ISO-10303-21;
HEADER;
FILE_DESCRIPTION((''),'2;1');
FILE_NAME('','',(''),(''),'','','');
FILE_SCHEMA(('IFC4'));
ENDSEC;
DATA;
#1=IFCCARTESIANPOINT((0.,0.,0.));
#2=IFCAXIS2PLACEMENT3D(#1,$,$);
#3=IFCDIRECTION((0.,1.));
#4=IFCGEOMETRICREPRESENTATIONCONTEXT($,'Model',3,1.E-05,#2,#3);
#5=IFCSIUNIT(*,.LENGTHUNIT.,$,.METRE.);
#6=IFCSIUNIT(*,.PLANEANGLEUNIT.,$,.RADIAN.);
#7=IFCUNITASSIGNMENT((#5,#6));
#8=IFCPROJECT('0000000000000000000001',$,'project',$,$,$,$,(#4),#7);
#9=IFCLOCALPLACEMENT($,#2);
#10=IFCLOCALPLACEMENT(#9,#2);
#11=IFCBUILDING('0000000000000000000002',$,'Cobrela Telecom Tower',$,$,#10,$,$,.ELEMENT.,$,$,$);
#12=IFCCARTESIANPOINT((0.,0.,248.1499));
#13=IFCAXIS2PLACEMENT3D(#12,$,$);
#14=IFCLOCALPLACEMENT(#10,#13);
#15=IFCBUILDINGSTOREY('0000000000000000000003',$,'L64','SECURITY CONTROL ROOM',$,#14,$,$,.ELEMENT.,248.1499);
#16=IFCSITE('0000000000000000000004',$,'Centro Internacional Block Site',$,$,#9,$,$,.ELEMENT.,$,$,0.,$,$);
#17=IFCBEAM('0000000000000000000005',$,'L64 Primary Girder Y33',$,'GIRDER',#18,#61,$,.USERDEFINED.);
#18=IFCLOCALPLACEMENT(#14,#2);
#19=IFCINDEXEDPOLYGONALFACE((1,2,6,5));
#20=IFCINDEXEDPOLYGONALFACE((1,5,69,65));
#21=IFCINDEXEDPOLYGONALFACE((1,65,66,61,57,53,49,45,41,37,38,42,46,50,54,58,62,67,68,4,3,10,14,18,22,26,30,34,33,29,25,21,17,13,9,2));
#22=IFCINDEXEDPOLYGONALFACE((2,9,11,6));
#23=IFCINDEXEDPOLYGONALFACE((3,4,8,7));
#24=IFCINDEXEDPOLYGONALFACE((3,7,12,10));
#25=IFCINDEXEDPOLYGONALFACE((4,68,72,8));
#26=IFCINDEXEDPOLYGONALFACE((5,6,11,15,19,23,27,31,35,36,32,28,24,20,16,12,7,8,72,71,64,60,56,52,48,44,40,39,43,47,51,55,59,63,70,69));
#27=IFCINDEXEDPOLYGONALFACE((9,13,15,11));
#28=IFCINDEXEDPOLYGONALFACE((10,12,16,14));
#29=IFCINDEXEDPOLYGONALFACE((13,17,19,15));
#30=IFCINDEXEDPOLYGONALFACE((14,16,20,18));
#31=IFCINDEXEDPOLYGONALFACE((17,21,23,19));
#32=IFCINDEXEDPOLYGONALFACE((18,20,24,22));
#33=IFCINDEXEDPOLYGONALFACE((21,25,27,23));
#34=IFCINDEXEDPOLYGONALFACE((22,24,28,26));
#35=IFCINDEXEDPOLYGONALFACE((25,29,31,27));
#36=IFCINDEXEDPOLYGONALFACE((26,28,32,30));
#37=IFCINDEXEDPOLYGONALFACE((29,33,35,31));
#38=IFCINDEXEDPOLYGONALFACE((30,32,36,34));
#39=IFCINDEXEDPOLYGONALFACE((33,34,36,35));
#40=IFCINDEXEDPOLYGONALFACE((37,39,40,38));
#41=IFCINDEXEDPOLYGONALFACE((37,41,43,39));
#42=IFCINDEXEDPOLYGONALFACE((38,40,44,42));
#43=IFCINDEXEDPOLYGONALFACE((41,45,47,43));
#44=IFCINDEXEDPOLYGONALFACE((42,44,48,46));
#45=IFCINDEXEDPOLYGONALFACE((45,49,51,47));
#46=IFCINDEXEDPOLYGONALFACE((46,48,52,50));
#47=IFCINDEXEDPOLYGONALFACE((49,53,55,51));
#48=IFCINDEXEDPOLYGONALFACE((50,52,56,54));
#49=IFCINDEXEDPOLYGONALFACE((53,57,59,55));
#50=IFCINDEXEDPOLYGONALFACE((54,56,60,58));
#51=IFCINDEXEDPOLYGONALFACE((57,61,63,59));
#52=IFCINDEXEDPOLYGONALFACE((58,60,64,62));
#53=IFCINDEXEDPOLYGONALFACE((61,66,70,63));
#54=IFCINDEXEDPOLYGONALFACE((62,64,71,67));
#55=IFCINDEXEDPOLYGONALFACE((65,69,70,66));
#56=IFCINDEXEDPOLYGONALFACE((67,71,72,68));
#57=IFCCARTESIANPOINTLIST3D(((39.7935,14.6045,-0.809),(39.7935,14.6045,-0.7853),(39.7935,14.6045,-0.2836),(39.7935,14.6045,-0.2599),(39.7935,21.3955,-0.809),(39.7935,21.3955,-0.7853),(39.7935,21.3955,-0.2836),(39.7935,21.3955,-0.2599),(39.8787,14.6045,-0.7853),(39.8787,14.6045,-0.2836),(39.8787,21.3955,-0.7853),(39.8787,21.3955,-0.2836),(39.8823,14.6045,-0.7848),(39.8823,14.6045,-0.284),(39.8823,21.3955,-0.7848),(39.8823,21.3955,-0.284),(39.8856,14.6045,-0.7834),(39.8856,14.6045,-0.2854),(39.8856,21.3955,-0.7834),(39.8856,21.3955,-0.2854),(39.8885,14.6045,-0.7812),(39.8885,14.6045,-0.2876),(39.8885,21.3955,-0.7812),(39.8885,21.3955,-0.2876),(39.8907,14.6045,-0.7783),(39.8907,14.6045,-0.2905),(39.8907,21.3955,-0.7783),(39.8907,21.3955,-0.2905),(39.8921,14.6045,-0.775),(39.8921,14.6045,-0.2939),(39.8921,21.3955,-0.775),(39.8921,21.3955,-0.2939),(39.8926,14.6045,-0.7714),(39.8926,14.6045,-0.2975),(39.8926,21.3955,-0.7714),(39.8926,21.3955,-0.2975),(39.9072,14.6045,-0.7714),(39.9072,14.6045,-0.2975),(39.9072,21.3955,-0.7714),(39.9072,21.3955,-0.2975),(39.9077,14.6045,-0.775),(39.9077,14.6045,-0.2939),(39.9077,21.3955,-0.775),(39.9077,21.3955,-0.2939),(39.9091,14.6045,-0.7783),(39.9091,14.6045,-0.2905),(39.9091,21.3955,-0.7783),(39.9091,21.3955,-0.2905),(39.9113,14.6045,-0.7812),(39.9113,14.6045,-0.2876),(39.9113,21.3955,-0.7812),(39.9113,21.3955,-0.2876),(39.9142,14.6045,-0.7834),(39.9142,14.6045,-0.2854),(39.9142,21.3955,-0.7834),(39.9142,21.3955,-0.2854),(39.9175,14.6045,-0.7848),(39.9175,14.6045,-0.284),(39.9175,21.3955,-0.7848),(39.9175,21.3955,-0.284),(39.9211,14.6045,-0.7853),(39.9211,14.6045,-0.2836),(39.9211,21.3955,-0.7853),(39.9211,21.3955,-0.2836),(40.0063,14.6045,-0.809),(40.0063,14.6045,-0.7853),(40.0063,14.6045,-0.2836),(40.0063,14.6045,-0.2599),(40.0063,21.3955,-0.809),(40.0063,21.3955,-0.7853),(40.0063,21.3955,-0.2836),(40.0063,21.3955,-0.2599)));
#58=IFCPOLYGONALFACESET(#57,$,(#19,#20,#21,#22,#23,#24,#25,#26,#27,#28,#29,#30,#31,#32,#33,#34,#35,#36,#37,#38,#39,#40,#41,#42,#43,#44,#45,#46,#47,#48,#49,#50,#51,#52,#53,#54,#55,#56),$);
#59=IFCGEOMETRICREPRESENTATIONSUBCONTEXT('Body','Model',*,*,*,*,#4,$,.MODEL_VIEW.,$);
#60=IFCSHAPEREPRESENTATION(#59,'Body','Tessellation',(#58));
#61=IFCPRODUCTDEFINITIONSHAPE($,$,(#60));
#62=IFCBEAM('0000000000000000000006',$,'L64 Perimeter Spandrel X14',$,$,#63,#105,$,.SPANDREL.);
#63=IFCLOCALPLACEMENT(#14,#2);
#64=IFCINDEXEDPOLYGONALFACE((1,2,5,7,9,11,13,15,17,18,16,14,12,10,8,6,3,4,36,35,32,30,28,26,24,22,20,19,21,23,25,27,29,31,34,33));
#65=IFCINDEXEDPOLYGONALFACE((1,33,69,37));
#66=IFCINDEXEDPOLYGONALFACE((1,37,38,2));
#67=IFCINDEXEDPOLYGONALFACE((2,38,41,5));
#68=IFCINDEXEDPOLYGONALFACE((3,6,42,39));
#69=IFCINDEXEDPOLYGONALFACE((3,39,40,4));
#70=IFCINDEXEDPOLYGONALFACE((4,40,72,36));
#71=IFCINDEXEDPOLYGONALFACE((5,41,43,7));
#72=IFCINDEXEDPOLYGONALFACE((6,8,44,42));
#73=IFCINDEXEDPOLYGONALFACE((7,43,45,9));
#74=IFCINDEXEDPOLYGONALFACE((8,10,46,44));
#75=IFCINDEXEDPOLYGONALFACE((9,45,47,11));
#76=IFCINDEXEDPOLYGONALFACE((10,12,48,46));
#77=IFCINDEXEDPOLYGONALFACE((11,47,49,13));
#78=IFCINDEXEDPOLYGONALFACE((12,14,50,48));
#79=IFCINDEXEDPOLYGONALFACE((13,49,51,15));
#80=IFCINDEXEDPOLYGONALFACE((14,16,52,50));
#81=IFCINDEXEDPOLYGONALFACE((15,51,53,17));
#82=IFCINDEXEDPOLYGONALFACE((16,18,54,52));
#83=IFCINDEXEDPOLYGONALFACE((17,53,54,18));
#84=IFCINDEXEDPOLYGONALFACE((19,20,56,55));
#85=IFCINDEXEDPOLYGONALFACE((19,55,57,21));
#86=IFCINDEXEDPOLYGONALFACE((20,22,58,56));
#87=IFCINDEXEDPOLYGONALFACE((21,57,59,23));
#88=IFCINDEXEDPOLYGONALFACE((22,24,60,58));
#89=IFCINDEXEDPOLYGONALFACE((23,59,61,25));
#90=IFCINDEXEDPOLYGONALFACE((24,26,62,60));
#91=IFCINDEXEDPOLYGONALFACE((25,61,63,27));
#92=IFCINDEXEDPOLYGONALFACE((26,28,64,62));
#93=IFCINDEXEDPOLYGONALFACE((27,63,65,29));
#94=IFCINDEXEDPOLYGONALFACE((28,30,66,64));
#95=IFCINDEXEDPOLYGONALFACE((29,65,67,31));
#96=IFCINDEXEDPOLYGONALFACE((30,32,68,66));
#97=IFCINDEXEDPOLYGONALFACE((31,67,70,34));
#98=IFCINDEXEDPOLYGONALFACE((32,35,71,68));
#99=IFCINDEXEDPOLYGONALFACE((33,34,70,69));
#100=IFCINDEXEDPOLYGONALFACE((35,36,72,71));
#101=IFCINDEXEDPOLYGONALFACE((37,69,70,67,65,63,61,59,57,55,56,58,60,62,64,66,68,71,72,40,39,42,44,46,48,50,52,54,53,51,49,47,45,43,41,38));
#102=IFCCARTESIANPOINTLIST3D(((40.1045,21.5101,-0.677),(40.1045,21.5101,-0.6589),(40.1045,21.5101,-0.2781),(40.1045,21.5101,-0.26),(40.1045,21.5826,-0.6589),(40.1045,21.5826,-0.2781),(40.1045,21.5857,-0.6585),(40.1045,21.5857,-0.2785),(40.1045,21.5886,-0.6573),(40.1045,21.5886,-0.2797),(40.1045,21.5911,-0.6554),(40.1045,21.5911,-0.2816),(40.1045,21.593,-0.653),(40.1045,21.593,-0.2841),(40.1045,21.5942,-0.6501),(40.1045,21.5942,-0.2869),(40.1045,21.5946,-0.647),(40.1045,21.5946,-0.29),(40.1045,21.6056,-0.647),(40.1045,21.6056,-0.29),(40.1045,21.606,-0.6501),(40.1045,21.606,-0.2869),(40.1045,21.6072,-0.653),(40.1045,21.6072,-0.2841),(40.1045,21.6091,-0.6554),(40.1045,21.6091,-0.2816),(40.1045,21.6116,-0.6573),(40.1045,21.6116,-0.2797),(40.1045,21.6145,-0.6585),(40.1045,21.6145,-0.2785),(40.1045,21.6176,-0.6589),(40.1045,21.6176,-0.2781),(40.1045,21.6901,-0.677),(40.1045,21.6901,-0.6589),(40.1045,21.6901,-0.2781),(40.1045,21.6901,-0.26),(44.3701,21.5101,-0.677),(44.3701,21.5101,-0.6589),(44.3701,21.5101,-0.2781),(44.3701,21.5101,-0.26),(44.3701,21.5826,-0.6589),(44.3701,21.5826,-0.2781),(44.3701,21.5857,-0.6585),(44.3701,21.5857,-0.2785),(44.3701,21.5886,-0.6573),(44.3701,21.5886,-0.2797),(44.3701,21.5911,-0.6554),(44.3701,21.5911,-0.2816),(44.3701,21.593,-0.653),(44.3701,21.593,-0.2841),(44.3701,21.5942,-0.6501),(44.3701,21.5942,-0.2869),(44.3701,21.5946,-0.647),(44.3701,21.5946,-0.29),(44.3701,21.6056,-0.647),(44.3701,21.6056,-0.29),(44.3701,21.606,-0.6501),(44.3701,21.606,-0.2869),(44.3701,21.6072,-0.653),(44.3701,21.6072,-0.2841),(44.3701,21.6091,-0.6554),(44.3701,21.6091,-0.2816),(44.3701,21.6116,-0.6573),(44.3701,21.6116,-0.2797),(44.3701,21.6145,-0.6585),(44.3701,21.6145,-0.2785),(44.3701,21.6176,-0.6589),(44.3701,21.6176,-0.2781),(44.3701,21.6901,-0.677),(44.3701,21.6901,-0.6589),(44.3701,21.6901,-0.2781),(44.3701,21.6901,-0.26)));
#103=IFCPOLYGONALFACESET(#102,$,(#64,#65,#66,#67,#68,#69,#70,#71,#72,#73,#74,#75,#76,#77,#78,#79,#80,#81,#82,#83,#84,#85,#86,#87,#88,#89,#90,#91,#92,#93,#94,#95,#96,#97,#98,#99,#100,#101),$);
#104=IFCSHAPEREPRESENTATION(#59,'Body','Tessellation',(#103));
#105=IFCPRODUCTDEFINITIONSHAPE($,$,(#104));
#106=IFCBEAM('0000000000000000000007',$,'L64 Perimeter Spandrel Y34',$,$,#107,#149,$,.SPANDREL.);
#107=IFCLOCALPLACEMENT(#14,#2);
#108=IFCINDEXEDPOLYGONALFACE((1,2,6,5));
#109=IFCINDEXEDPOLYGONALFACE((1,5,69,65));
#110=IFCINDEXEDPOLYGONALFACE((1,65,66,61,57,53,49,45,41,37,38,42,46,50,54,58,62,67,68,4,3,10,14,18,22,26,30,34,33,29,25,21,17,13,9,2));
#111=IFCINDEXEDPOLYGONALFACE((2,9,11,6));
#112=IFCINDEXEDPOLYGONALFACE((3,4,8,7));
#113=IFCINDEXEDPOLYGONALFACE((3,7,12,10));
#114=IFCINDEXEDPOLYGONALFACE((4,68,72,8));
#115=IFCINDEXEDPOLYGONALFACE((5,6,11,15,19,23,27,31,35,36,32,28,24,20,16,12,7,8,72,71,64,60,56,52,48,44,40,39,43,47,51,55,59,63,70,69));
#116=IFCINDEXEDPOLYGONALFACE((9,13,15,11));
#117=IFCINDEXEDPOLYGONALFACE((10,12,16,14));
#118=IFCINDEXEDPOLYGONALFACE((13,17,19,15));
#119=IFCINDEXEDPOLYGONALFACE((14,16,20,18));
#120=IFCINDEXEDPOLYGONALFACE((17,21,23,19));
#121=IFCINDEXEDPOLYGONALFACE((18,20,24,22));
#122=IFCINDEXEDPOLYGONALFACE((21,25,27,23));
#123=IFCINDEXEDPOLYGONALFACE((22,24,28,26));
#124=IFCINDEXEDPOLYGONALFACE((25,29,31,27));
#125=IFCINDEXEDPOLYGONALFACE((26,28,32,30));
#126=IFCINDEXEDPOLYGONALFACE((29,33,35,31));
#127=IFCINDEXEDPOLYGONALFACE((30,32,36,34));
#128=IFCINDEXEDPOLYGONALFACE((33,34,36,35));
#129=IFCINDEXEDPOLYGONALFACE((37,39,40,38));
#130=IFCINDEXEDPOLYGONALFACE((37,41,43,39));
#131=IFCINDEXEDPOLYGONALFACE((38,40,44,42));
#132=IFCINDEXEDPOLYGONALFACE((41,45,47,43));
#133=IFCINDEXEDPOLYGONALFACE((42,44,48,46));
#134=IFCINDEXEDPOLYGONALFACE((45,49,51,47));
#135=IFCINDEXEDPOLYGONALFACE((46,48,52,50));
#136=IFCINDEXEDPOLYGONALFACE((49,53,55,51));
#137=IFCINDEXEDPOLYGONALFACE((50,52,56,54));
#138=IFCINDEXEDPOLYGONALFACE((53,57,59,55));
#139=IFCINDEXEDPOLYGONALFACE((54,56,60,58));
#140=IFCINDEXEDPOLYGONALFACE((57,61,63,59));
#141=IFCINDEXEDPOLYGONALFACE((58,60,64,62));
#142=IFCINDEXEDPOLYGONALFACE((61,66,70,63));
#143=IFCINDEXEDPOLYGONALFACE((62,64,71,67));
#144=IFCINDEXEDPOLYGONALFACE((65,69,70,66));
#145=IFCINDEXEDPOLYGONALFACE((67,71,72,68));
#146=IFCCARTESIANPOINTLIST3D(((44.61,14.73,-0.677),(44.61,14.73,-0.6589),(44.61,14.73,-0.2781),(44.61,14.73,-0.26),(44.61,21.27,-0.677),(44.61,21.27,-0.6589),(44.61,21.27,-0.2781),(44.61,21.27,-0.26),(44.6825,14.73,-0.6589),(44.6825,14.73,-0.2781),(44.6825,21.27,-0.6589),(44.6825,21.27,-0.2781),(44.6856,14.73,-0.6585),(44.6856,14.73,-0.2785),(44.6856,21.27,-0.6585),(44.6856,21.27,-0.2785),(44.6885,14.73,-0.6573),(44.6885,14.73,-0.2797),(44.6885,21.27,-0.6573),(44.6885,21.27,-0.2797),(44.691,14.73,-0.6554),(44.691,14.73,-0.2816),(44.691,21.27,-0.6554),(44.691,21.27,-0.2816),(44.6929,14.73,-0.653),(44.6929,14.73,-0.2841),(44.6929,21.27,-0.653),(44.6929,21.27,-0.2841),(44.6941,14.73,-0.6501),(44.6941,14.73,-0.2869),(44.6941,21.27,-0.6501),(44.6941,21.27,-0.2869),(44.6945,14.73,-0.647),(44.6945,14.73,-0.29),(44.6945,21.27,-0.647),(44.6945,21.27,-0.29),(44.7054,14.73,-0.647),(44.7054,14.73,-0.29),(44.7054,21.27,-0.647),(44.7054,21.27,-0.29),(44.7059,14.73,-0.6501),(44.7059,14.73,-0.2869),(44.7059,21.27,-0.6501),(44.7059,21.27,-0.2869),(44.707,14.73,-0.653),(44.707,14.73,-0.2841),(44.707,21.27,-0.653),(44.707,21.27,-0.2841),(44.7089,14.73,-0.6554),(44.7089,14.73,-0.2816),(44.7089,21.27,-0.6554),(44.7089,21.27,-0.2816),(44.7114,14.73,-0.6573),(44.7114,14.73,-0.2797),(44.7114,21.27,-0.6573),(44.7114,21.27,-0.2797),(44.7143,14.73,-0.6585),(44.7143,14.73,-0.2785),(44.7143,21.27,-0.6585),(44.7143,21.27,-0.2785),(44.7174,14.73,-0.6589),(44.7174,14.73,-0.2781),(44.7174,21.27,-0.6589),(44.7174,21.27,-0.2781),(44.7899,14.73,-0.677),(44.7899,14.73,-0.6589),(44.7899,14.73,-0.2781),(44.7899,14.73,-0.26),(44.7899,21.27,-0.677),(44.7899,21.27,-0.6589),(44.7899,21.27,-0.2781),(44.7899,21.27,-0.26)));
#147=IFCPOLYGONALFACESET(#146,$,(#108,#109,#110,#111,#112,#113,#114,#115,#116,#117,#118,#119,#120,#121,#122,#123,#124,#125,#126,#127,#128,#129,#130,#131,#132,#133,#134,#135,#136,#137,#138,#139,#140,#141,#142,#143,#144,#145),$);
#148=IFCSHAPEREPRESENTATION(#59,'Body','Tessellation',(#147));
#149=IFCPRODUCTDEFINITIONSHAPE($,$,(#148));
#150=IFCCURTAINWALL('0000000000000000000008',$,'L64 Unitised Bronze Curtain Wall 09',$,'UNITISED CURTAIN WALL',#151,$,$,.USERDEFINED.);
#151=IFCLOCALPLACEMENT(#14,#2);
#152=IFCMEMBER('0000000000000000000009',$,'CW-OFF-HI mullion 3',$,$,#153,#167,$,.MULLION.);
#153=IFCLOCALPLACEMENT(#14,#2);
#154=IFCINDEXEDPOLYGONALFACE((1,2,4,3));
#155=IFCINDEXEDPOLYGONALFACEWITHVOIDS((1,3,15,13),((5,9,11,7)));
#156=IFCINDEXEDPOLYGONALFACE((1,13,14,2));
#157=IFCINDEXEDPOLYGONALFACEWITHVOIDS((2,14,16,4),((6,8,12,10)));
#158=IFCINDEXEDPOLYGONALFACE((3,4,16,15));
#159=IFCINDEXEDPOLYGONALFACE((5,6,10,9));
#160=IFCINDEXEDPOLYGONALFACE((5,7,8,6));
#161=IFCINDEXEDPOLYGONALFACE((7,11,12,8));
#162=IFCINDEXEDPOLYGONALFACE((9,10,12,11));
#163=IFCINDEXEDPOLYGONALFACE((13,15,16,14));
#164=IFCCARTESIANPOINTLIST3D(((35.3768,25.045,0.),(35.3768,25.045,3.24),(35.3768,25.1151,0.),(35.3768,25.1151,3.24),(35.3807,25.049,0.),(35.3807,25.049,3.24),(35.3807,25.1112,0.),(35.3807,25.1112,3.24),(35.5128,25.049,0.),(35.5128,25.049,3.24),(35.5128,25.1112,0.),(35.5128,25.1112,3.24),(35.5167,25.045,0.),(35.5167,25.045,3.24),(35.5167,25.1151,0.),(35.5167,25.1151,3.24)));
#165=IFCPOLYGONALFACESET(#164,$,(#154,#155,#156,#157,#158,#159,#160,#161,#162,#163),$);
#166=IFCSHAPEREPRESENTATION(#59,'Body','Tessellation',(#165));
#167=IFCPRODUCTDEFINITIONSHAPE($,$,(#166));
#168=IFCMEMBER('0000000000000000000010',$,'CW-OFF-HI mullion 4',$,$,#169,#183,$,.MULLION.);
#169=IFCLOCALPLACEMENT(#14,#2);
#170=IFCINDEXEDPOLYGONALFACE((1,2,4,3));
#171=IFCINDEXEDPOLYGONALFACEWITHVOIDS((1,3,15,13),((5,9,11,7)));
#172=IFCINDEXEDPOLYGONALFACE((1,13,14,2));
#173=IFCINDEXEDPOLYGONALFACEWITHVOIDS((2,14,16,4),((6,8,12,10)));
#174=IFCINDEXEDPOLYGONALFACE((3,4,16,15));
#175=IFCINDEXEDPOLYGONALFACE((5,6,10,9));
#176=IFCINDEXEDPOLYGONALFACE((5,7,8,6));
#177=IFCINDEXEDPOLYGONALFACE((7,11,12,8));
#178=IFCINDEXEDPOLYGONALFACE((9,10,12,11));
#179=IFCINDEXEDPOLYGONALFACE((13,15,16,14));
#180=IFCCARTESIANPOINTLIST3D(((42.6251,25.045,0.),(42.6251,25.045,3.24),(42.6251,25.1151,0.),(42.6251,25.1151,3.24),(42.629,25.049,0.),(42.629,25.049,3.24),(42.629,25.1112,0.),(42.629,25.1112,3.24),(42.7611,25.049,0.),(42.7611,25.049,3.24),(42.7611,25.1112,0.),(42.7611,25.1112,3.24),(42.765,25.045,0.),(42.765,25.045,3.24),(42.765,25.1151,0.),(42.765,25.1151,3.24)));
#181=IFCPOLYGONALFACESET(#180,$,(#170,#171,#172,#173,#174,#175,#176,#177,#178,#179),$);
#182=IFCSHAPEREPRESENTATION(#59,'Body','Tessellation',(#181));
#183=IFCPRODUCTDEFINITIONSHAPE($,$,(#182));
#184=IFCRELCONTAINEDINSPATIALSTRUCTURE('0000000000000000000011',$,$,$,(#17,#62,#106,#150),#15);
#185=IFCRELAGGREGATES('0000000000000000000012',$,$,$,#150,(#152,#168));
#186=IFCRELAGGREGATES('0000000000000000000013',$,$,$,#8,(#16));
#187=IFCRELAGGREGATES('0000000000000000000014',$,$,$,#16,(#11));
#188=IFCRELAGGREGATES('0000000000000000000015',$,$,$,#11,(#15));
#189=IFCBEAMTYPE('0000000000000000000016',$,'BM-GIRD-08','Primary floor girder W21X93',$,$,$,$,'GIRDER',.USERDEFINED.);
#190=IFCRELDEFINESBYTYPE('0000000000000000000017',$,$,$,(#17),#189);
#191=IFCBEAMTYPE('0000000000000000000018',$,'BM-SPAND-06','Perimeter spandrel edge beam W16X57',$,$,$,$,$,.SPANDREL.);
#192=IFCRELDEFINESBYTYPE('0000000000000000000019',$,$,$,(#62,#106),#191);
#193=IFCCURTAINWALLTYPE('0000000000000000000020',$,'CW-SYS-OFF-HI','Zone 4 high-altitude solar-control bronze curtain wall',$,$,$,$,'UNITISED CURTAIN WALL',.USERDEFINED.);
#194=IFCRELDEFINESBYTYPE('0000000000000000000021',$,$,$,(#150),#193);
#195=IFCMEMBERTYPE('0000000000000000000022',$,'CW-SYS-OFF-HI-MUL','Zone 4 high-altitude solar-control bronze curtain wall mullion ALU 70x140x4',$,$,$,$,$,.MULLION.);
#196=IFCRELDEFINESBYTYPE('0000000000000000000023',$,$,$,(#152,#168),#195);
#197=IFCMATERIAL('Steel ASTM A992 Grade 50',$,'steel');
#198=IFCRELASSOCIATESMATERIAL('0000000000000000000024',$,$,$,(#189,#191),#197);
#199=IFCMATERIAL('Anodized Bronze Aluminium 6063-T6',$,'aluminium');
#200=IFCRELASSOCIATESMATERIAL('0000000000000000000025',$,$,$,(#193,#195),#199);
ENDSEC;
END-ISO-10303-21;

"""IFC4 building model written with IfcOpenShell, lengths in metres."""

from ifc_helpers import new_model, si_unit, direction, frame, origin, origin_2d, place, context, subcontext, project, spatial, hollow_rectangle, i_section, extrude, material, material_profile, profile_set, type_object, element, aggregate, save


model = new_model("IFC4")

# Units and contexts
model_context = context("Model", 3, precision=1e-05, world=origin(), true_north=direction((0.0, 1.0)))
body_context = subcontext(model_context, "Body", "Model", "MODEL_VIEW")
ifc_project = project(units=[si_unit("LENGTHUNIT", "METRE"), si_unit("PLANEANGLEUNIT", "RADIAN")], contexts=[model_context])

# Site, building, storey
site_placement = place(None, origin())
site = spatial("IfcSite", under=ifc_project, at=site_placement, Name="Centro Internacional Block Site", CompositionType="ELEMENT", RefElevation=0.0)
building_placement = place(site_placement, origin())
building = spatial("IfcBuilding", under=site, at=building_placement, Name="Cobrela Telecom Tower", CompositionType="ELEMENT")
storey_placement = place(building_placement, frame((0.0, 0.0, 248.1499)))
storey = spatial("IfcBuildingStorey", under=building, at=storey_placement, Name="L64", Description="SECURITY CONTROL ROOM", CompositionType="ELEMENT", Elevation=248.1499)

# Shared definitions
ifc_material_1 = material(Name="Steel ASTM A992 Grade 50", Category="steel")

# Beams
ifc_material_profile_1 = material_profile(ifc_material_1, i_section(OverallWidth=0.2129, OverallDepth=0.5491, WebThickness=0.0146, FlangeThickness=0.0237, FilletRadius=0.0139, at=origin_2d()), Name="W21X93")
ifc_profile_set_1 = profile_set([ifc_material_profile_1], Name="Steel ASTM A992 Grade 50")
beam_type_1 = type_object("IfcBeamType", Name="BM-GIRD-08", Description="Primary floor girder W21X93", ElementType="GIRDER", PredefinedType="USERDEFINED", material=ifc_profile_set_1)
for number, where, z_axis, x_axis, name in (
    (1, (39.8999, 14.6045, -0.5344), (0.0, 1.0, 0.0), (-1.0, 0.0, 0.0), "L64 Primary Girder Y33"),
):
    element("IfcBeam", number, at=place(storey_placement, frame(where, z_axis=z_axis, x_axis=x_axis)), inside=storey, type_object=beam_type_1, Name=name, ObjectType="GIRDER", PredefinedType="USERDEFINED", context=body_context, shape_type="SweptSolid", body=[
        extrude(i_section(OverallWidth=0.2129, OverallDepth=0.5491, WebThickness=0.0146, FlangeThickness=0.0237, FilletRadius=0.0139, at=origin_2d()), origin(), (0.0, 0.0, 1.0), 6.791),
    ])
ifc_material_profile_2 = material_profile(ifc_material_1, i_section(OverallWidth=0.1799, OverallDepth=0.417, WebThickness=0.011, FlangeThickness=0.0181, FilletRadius=0.012, at=origin_2d()), Name="W16X57")
ifc_profile_set_2 = profile_set([ifc_material_profile_2], Name="Steel ASTM A992 Grade 50")
beam_type_2 = type_object("IfcBeamType", Name="BM-SPAND-06", Description="Perimeter spandrel edge beam W16X57", PredefinedType="SPANDREL", material=ifc_profile_set_2)
beam_1_placement = place(storey_placement, frame((40.1045, 21.6001, -0.4685), z_axis=(1.0, 0.0, 0.0), x_axis=(0.0, 1.0, 0.0)))
element("IfcBeam", 2, at=beam_1_placement, inside=storey, type_object=beam_type_2, Name="L64 Perimeter Spandrel X14", PredefinedType="SPANDREL", context=body_context, shape_type="SweptSolid", body=[
    extrude(i_section(OverallWidth=0.1799, OverallDepth=0.417, WebThickness=0.011, FlangeThickness=0.0181, FilletRadius=0.012, at=origin_2d()), origin(), (0.0, 0.0, 1.0), 4.2656),
])
beam_2_placement = place(storey_placement, frame((44.7, 14.73, -0.4685), z_axis=(0.0, 1.0, 0.0), x_axis=(-1.0, 0.0, 0.0)))
element("IfcBeam", 3, at=beam_2_placement, inside=storey, type_object=beam_type_2, Name="L64 Perimeter Spandrel Y34", PredefinedType="SPANDREL", context=body_context, shape_type="SweptSolid", body=[
    extrude(i_section(OverallWidth=0.1799, OverallDepth=0.417, WebThickness=0.011, FlangeThickness=0.0181, FilletRadius=0.012, at=origin_2d()), origin(), (0.0, 0.0, 1.0), 6.54),
])

# Curtain wall, members
ifc_material_2 = material(Name="Anodized Bronze Aluminium 6063-T6", Category="aluminium")
curtain_wall_type = type_object("IfcCurtainWallType", Name="CW-SYS-OFF-HI", Description="Zone 4 high-altitude solar-control bronze curtain wall", ElementType="UNITISED CURTAIN WALL", PredefinedType="USERDEFINED", material=ifc_material_2)
curtain_wall_1_placement = place(storey_placement, origin())
curtain_wall_1 = element("IfcCurtainWall", 4, at=curtain_wall_1_placement, inside=storey, type_object=curtain_wall_type, Name="L64 Unitised Bronze Curtain Wall 09", ObjectType="UNITISED CURTAIN WALL", PredefinedType="USERDEFINED")
ifc_material_profile_3 = material_profile(ifc_material_2, hollow_rectangle(XDim=0.0701, YDim=0.1399, WallThickness=0.0039, at=origin_2d()), Name="ALU 70x140x4")
ifc_profile_set_3 = profile_set([ifc_material_profile_3], Name="Anodized Bronze Aluminium 6063-T6")
member_type_1 = type_object("IfcMemberType", Name="CW-SYS-OFF-HI-MUL", Description="Zone 4 high-altitude solar-control bronze curtain wall mullion ALU 70x140x4", PredefinedType="MULLION", material=ifc_profile_set_3)
member_1_placement = place(storey_placement, frame((35.4468, 25.0801, 0.0), z_axis=(0.0, 0.0, 1.0), x_axis=(0.0, 1.0, 0.0)))
member_1 = element("IfcMember", 5, at=member_1_placement, type_object=member_type_1, Name="CW-OFF-HI mullion 3", PredefinedType="MULLION", context=body_context, shape_type="SweptSolid", body=[
    extrude(hollow_rectangle(XDim=0.0701, YDim=0.1399, WallThickness=0.0039, at=origin_2d()), origin(), (0.0, 0.0, 1.0), 3.24),
])
member_2_placement = place(storey_placement, frame((42.6951, 25.0801, 0.0), z_axis=(0.0, 0.0, 1.0), x_axis=(0.0, 1.0, 0.0)))
member_2 = element("IfcMember", 6, at=member_2_placement, type_object=member_type_1, Name="CW-OFF-HI mullion 4", PredefinedType="MULLION", context=body_context, shape_type="SweptSolid", body=[
    extrude(hollow_rectangle(XDim=0.0701, YDim=0.1399, WallThickness=0.0039, at=origin_2d()), origin(), (0.0, 0.0, 1.0), 3.24),
])

aggregate(curtain_wall_1, [member_1, member_2])

save(model, "model.ifc")
